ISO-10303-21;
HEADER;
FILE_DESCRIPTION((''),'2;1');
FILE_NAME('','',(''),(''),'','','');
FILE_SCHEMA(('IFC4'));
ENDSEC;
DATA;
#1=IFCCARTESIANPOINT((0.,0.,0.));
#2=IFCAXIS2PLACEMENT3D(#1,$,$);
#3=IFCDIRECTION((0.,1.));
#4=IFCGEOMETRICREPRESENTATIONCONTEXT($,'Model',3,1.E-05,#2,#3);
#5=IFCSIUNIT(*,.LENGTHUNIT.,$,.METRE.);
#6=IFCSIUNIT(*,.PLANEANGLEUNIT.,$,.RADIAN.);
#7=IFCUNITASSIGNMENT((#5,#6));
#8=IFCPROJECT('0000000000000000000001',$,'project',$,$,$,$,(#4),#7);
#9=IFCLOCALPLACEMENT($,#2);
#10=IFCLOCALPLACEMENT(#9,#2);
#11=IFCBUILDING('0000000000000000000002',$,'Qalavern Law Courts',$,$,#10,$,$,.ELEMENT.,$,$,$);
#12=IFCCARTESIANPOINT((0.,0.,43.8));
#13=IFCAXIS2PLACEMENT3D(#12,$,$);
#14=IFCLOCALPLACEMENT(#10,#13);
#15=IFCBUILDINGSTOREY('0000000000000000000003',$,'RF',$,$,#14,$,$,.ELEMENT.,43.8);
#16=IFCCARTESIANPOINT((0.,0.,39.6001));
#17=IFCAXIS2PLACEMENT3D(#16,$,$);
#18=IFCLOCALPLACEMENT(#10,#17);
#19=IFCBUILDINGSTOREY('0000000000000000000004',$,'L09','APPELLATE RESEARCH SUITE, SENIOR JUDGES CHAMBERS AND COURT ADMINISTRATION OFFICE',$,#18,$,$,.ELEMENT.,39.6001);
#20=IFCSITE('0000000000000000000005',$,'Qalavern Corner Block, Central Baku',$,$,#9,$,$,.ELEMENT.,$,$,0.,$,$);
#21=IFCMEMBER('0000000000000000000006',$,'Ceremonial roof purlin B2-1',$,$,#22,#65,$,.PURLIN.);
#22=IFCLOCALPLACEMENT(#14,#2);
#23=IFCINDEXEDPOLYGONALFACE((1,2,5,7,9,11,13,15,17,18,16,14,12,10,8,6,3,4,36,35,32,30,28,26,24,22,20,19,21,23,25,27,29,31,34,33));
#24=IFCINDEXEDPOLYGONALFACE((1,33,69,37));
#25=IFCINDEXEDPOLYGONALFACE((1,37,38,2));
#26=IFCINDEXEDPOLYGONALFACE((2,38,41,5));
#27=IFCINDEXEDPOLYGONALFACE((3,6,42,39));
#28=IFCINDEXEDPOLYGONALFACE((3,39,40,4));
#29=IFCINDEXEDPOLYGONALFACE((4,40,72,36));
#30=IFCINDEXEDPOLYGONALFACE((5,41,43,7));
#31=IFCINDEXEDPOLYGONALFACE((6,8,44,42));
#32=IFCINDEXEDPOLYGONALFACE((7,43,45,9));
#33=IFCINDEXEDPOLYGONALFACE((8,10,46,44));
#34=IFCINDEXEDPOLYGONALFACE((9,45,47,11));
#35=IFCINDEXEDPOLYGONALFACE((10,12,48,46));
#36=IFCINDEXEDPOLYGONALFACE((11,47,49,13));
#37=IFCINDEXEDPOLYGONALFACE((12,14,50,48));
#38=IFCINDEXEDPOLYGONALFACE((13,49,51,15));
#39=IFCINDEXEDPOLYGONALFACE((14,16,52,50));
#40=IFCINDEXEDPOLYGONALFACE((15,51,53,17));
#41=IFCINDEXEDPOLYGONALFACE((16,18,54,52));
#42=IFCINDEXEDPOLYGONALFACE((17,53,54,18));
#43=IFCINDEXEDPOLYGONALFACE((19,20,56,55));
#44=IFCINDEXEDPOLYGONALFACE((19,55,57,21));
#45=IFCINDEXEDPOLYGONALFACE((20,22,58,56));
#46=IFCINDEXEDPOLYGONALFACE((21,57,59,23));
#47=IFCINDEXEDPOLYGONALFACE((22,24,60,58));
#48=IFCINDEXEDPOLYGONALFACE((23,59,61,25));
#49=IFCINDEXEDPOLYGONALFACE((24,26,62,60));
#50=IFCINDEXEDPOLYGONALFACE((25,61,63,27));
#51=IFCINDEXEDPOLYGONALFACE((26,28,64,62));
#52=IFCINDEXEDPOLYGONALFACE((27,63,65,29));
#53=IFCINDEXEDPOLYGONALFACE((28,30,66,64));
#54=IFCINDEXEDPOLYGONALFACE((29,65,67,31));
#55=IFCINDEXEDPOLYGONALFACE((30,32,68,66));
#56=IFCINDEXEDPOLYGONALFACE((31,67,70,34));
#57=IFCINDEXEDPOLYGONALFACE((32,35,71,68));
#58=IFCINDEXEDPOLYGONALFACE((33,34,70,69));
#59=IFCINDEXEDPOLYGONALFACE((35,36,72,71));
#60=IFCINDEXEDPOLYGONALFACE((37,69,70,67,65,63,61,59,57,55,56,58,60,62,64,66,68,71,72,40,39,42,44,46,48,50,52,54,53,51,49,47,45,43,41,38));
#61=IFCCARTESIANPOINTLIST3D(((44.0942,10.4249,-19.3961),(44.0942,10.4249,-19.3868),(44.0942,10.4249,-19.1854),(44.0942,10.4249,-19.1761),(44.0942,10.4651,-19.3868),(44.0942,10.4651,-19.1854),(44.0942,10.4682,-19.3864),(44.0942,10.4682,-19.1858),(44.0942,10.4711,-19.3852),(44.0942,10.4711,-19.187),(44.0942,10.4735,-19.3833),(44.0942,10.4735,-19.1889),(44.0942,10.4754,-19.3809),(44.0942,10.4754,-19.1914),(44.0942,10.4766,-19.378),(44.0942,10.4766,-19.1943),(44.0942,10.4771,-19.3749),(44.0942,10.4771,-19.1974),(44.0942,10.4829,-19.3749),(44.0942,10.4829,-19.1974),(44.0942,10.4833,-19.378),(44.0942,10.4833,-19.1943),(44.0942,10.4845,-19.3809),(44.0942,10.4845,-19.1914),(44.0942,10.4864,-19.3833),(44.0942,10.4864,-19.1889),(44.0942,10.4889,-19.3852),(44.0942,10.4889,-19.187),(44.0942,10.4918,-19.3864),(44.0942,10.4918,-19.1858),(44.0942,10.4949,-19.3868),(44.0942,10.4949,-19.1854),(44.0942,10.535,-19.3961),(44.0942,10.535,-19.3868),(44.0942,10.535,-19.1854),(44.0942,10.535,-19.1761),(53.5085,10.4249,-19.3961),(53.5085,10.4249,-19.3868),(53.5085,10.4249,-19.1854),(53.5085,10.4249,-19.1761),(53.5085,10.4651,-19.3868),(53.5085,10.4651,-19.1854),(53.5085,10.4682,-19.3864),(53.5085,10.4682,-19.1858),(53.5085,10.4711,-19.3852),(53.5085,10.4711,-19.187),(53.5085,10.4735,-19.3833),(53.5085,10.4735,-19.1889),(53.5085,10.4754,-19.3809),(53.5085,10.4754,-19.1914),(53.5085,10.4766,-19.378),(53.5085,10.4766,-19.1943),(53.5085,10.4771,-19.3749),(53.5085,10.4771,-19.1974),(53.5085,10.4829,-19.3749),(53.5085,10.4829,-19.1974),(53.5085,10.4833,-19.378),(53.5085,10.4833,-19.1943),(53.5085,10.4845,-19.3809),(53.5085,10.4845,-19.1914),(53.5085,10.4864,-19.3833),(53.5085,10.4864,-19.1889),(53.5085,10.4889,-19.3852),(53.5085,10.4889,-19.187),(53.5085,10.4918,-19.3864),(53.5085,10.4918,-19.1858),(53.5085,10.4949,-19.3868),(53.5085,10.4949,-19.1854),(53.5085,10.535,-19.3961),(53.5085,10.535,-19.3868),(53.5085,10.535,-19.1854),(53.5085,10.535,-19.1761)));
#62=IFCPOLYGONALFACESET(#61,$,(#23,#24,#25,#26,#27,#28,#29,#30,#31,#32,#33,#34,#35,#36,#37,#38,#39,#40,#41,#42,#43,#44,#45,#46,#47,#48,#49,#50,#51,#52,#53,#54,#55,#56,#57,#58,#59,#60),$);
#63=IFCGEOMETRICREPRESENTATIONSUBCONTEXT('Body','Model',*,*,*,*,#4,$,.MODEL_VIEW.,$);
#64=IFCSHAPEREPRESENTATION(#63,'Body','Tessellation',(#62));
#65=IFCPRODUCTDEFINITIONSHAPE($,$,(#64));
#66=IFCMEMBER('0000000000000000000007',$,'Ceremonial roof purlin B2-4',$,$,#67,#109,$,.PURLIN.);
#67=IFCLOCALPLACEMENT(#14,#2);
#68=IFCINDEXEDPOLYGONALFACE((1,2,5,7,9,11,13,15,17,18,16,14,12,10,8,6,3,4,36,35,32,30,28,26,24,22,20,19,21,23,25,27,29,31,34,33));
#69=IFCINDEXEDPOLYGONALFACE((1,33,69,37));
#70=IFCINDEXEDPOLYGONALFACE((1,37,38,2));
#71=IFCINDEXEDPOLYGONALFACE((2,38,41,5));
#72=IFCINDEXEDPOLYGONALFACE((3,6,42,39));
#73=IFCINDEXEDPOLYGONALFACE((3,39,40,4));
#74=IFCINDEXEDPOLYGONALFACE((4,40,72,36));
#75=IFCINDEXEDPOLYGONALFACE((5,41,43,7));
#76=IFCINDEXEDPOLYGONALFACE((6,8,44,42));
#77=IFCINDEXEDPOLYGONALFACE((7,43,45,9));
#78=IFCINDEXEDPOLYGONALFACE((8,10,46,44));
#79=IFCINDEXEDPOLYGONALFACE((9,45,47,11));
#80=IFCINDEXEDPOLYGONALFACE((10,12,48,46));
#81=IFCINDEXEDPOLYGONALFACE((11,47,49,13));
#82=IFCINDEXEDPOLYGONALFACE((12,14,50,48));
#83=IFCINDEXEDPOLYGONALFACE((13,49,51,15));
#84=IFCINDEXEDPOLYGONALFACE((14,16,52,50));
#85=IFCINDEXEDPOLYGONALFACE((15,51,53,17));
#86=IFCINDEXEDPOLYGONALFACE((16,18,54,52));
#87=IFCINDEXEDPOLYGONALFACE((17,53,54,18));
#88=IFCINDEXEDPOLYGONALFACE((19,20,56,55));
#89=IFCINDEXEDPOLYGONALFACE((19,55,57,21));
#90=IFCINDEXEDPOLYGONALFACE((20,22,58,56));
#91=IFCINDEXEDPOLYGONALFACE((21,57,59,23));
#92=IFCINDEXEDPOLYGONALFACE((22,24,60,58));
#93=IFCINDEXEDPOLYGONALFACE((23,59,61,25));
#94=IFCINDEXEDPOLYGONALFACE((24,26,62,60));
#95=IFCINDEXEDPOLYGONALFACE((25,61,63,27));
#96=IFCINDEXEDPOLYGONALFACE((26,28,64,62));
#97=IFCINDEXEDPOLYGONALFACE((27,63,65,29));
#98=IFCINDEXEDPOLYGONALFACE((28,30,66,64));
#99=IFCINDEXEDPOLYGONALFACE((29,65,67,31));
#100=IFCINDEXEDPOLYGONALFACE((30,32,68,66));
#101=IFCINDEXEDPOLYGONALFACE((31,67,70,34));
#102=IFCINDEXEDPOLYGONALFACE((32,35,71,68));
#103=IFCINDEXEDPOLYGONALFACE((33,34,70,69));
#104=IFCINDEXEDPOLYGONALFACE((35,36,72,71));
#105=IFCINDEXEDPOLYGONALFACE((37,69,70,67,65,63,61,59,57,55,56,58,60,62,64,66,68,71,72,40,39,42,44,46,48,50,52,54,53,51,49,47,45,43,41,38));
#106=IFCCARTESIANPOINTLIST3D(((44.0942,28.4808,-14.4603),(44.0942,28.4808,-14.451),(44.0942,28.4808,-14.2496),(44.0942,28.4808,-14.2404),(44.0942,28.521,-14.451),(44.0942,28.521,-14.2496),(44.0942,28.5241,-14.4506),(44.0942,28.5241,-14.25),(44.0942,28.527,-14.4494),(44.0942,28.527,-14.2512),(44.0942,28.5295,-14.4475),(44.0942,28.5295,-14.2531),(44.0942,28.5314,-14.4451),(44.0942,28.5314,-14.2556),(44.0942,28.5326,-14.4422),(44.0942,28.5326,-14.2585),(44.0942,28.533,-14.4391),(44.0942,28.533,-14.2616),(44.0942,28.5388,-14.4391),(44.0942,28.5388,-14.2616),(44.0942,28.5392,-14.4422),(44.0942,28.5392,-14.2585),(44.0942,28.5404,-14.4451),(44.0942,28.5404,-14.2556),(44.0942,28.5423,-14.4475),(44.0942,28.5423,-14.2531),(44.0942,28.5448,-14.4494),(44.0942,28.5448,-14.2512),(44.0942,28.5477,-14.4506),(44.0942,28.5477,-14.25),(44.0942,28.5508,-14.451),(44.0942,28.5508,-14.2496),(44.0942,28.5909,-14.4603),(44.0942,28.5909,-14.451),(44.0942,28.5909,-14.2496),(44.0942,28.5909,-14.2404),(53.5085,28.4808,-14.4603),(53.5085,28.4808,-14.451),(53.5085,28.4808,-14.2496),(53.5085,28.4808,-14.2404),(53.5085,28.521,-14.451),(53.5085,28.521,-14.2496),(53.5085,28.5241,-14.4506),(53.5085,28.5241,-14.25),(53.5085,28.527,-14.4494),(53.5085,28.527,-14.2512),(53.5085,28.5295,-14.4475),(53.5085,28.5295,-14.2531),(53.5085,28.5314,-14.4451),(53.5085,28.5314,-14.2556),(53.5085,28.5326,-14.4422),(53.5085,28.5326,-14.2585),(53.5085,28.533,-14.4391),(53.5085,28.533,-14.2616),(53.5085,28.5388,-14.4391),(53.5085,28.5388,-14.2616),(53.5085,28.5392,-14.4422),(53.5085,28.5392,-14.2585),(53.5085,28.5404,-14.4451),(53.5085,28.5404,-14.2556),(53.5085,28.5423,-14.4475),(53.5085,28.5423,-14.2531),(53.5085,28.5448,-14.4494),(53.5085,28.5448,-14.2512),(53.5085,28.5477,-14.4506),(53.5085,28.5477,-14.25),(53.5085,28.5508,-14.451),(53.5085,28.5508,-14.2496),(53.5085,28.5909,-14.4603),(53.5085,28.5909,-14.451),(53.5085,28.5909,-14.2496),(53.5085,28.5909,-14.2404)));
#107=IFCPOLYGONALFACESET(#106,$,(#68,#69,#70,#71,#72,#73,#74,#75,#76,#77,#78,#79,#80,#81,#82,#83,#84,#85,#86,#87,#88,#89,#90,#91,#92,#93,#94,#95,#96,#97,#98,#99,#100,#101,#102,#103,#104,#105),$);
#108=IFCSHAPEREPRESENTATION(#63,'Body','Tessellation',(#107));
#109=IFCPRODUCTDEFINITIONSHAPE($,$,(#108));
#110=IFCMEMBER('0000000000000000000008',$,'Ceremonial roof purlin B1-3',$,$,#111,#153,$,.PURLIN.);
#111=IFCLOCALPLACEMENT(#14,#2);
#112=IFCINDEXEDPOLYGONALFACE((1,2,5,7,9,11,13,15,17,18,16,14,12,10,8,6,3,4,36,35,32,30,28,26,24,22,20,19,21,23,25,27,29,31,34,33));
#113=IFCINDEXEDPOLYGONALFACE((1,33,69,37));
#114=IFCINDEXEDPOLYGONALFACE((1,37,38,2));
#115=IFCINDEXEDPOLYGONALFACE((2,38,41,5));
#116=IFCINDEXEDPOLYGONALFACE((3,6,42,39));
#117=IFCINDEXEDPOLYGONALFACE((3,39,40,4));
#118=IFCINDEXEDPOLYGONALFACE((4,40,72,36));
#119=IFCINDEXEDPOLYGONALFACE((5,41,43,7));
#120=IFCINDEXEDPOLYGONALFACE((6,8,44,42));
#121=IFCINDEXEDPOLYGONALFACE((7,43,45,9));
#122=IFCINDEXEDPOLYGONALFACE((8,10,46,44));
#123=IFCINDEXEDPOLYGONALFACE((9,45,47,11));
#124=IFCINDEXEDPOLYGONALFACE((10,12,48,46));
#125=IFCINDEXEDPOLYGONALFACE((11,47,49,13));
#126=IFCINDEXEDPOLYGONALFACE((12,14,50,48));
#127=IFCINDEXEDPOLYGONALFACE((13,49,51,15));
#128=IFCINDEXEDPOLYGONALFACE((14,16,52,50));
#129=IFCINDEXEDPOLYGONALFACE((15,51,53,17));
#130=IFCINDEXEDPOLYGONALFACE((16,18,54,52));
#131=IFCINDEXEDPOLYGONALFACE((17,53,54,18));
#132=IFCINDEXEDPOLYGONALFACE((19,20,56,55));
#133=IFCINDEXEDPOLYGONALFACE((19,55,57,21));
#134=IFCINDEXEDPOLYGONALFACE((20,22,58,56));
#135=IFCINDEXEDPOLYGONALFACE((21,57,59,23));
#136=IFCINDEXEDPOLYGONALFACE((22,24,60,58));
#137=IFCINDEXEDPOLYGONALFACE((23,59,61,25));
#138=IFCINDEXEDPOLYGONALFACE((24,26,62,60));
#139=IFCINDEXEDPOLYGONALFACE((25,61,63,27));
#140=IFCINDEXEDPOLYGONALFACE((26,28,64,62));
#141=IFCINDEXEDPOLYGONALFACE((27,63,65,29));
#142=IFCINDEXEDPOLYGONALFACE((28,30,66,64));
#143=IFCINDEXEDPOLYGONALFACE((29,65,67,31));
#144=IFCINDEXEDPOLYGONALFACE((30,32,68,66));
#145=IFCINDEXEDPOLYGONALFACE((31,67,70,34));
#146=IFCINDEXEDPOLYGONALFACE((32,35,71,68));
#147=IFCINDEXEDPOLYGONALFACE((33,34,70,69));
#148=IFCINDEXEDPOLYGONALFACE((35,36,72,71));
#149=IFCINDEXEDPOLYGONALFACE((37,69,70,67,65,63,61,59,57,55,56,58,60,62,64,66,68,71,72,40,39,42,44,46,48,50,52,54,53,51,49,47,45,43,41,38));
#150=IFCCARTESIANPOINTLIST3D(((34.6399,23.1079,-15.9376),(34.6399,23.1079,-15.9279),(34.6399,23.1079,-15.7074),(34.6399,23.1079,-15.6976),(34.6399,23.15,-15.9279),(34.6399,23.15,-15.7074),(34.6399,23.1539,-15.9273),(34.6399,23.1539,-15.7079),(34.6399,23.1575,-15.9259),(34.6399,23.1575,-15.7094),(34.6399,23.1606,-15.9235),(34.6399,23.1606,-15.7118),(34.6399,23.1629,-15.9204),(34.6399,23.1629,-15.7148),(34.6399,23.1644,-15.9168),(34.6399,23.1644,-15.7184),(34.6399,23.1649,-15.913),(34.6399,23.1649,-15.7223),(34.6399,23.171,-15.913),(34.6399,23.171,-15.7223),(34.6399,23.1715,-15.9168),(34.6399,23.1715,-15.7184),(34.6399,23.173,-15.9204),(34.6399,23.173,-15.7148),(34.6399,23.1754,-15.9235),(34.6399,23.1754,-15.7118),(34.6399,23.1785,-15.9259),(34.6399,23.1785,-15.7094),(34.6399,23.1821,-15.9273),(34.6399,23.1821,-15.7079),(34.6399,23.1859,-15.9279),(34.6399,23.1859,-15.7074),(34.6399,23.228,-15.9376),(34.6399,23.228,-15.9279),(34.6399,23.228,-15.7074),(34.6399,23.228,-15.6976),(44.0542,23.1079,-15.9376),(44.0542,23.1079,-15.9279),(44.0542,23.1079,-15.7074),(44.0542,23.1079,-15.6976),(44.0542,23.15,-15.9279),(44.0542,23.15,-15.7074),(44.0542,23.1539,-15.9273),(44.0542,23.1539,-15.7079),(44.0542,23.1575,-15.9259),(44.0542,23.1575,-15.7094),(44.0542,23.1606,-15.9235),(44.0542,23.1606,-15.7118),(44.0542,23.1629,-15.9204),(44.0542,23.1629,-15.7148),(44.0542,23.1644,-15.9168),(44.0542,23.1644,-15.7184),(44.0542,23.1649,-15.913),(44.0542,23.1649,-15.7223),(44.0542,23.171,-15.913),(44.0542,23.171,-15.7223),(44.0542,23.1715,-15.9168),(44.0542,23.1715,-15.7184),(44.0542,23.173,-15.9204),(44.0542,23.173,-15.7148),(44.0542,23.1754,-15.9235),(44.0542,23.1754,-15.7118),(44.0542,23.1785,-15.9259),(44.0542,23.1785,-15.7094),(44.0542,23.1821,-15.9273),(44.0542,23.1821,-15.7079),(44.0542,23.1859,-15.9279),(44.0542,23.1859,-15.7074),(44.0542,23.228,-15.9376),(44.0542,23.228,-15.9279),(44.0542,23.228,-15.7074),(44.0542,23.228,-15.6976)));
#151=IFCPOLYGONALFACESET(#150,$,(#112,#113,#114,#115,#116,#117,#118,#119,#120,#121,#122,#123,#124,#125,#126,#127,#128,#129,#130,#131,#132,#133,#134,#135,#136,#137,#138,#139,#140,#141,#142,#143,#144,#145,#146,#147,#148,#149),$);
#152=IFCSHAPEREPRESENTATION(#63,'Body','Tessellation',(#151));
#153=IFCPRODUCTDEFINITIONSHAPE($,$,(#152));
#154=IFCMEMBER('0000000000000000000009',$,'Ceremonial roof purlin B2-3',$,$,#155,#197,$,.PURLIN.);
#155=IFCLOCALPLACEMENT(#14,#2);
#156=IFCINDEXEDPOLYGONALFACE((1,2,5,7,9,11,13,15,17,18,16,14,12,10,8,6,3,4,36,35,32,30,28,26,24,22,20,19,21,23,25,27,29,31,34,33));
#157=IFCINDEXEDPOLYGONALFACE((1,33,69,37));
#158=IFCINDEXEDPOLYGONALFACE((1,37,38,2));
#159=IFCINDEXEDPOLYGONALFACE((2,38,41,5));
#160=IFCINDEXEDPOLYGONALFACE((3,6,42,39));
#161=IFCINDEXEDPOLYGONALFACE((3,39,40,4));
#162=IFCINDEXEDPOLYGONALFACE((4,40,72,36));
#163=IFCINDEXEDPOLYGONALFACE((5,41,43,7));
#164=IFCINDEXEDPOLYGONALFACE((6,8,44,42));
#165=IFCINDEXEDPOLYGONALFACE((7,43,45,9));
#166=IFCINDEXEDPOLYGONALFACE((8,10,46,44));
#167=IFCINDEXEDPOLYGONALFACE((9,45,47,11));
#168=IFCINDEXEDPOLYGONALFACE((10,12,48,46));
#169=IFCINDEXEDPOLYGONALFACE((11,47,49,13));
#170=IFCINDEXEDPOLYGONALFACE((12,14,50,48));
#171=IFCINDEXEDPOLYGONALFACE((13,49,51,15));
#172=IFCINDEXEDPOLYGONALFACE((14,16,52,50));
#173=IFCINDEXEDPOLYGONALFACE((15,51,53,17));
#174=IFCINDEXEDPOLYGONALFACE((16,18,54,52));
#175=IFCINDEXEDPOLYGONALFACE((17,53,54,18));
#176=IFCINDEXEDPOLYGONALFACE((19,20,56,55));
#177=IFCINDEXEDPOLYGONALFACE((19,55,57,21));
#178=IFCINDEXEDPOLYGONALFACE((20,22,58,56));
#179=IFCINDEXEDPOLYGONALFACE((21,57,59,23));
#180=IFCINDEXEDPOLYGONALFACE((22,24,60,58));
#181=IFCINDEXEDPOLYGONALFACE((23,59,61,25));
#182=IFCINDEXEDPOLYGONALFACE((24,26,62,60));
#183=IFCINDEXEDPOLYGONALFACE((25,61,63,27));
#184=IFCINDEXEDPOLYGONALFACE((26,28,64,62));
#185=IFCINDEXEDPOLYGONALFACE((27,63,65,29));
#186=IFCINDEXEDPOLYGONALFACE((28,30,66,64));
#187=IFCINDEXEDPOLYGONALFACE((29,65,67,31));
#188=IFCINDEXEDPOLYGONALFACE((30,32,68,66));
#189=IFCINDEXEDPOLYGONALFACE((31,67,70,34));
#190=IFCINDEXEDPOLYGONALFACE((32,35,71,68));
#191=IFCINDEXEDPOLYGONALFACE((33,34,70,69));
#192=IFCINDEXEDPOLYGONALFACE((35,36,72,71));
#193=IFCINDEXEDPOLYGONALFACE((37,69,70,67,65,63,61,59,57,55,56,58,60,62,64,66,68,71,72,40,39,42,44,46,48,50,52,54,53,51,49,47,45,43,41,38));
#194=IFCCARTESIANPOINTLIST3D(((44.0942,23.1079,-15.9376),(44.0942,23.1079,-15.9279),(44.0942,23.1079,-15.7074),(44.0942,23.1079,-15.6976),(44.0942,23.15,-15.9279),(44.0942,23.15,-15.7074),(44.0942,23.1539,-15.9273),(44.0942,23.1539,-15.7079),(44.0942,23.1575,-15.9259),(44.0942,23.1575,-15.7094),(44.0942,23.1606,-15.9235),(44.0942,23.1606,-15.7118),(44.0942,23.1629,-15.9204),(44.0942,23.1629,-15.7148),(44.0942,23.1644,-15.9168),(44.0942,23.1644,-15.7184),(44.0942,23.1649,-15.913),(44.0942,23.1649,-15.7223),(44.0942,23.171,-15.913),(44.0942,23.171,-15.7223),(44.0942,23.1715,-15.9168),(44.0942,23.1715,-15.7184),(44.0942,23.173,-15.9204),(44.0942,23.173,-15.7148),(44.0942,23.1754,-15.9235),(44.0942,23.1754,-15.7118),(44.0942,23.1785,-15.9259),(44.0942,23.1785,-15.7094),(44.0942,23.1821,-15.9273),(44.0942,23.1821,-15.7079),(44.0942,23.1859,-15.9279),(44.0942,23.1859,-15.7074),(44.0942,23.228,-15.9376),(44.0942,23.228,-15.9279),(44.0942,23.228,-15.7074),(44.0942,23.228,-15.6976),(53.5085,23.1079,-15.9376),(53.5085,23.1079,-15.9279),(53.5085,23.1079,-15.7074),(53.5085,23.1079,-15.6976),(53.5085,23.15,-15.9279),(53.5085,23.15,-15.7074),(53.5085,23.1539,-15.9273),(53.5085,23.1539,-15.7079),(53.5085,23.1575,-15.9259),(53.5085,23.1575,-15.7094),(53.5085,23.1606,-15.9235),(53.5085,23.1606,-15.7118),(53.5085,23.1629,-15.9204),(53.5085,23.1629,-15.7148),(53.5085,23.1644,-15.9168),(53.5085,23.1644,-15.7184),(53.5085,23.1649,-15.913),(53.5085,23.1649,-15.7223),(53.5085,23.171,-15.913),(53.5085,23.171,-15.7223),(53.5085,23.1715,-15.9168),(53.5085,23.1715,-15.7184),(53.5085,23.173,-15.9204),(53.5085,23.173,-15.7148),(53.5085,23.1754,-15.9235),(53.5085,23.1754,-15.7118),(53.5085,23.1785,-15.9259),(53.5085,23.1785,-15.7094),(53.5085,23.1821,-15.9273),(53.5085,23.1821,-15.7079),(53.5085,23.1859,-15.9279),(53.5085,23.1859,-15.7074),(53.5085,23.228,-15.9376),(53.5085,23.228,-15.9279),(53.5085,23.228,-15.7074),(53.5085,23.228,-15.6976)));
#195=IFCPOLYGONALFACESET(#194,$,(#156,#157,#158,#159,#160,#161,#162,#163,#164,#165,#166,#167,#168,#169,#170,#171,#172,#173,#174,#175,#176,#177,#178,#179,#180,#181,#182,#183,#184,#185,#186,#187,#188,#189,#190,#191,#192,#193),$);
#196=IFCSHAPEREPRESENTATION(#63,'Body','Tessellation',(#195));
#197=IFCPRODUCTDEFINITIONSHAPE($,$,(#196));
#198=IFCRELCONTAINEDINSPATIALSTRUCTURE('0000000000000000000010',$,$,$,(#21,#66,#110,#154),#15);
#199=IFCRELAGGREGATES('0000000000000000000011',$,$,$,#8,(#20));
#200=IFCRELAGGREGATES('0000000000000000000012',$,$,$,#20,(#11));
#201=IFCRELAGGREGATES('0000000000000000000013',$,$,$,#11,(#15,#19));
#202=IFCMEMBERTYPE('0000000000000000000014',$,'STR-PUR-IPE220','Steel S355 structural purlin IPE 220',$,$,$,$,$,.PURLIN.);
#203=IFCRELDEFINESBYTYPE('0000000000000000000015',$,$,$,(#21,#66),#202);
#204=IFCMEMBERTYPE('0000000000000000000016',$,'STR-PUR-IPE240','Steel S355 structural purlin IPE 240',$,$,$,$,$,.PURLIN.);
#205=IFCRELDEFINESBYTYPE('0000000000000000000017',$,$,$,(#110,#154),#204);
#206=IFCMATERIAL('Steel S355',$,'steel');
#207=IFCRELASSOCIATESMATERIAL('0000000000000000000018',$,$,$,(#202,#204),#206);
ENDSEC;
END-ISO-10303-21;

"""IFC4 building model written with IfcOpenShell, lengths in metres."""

from ifc_helpers import new_model, si_unit, direction, frame, origin, origin_2d, place, context, subcontext, project, spatial, i_section, extrude, material, material_profile, profile_set, type_object, element, save


model = new_model("IFC4")

# Units and contexts
model_context = context("Model", 3, precision=1e-05, world=origin(), true_north=direction((0.0, 1.0)))
body_context = subcontext(model_context, "Body", "Model", "MODEL_VIEW")
ifc_project = project(units=[si_unit("LENGTHUNIT", "METRE"), si_unit("PLANEANGLEUNIT", "RADIAN")], contexts=[model_context])

# Site, building, storey
site_placement = place(None, origin())
site = spatial("IfcSite", under=ifc_project, at=site_placement, Name="Qalavern Corner Block, Central Baku", CompositionType="ELEMENT", RefElevation=0.0)
building_placement = place(site_placement, origin())
building = spatial("IfcBuilding", under=site, at=building_placement, Name="Qalavern Law Courts", CompositionType="ELEMENT")
storey_1_placement = place(building_placement, frame((0.0, 0.0, 43.8)))
storey_1 = spatial("IfcBuildingStorey", under=building, at=storey_1_placement, Name="RF", CompositionType="ELEMENT", Elevation=43.8)

# Shared definitions
ifc_material_1 = material(Name="Steel S355", Category="steel")

# Members
ifc_material_profile_1 = material_profile(ifc_material_1, i_section(OverallWidth=0.1101, OverallDepth=0.22, WebThickness=0.0059, FlangeThickness=0.0093, FilletRadius=0.012, at=origin_2d()), Name="IPE 220")
ifc_profile_set_1 = profile_set([ifc_material_profile_1], Name="Steel S355")
member_type_1 = type_object("IfcMemberType", Name="STR-PUR-IPE220", Description="Steel S355 structural purlin IPE 220", PredefinedType="PURLIN", material=ifc_profile_set_1)
for number, where, z_axis, x_axis, name in (
    (1, (44.0942, 10.48, -19.2861), (1.0, 0.0, 0.0), (0.0, 1.0, 0.0), "Ceremonial roof purlin B2-1"),
    (2, (44.0942, 28.5359, -14.3503), (1.0, 0.0, 0.0), (0.0, 1.0, 0.0), "Ceremonial roof purlin B2-4"),
):
    element("IfcMember", number, at=place(storey_1_placement, frame(where, z_axis=z_axis, x_axis=x_axis)), inside=storey_1, type_object=member_type_1, Name=name, PredefinedType="PURLIN", context=body_context, shape_type="SweptSolid", body=[
        extrude(i_section(OverallWidth=0.1101, OverallDepth=0.22, WebThickness=0.0059, FlangeThickness=0.0093, FilletRadius=0.012, at=origin_2d()), origin(), (0.0, 0.0, 1.0), 9.4143),
    ])
ifc_material_profile_2 = material_profile(ifc_material_1, i_section(OverallWidth=0.1201, OverallDepth=0.24, WebThickness=0.0061, FlangeThickness=0.0098, FilletRadius=0.0149, at=origin_2d()), Name="IPE 240")
ifc_profile_set_2 = profile_set([ifc_material_profile_2], Name="Steel S355")
member_type_2 = type_object("IfcMemberType", Name="STR-PUR-IPE240", Description="Steel S355 structural purlin IPE 240", PredefinedType="PURLIN", material=ifc_profile_set_2)
for number, where, z_axis, x_axis, name in (
    (3, (34.6399, 23.168, -15.8176), (1.0, 0.0, 0.0), (0.0, 1.0, 0.0), "Ceremonial roof purlin B1-3"),
    (4, (44.0942, 23.168, -15.8176), (1.0, 0.0, 0.0), (0.0, 1.0, 0.0), "Ceremonial roof purlin B2-3"),
):
    element("IfcMember", number, at=place(storey_1_placement, frame(where, z_axis=z_axis, x_axis=x_axis)), inside=storey_1, type_object=member_type_2, Name=name, PredefinedType="PURLIN", context=body_context, shape_type="SweptSolid", body=[
        extrude(i_section(OverallWidth=0.1201, OverallDepth=0.24, WebThickness=0.0061, FlangeThickness=0.0098, FilletRadius=0.0149, at=origin_2d()), origin(), (0.0, 0.0, 1.0), 9.4143),
    ])

# Shared definitions
storey_2_placement = place(building_placement, frame((0.0, 0.0, 39.6001)))
storey_2 = spatial("IfcBuildingStorey", under=building, at=storey_2_placement, Name="L09", Description="APPELLATE RESEARCH SUITE, SENIOR JUDGES CHAMBERS AND COURT ADMINISTRATION OFFICE", CompositionType="ELEMENT", Elevation=39.6001)

save(model, "model.ifc")
